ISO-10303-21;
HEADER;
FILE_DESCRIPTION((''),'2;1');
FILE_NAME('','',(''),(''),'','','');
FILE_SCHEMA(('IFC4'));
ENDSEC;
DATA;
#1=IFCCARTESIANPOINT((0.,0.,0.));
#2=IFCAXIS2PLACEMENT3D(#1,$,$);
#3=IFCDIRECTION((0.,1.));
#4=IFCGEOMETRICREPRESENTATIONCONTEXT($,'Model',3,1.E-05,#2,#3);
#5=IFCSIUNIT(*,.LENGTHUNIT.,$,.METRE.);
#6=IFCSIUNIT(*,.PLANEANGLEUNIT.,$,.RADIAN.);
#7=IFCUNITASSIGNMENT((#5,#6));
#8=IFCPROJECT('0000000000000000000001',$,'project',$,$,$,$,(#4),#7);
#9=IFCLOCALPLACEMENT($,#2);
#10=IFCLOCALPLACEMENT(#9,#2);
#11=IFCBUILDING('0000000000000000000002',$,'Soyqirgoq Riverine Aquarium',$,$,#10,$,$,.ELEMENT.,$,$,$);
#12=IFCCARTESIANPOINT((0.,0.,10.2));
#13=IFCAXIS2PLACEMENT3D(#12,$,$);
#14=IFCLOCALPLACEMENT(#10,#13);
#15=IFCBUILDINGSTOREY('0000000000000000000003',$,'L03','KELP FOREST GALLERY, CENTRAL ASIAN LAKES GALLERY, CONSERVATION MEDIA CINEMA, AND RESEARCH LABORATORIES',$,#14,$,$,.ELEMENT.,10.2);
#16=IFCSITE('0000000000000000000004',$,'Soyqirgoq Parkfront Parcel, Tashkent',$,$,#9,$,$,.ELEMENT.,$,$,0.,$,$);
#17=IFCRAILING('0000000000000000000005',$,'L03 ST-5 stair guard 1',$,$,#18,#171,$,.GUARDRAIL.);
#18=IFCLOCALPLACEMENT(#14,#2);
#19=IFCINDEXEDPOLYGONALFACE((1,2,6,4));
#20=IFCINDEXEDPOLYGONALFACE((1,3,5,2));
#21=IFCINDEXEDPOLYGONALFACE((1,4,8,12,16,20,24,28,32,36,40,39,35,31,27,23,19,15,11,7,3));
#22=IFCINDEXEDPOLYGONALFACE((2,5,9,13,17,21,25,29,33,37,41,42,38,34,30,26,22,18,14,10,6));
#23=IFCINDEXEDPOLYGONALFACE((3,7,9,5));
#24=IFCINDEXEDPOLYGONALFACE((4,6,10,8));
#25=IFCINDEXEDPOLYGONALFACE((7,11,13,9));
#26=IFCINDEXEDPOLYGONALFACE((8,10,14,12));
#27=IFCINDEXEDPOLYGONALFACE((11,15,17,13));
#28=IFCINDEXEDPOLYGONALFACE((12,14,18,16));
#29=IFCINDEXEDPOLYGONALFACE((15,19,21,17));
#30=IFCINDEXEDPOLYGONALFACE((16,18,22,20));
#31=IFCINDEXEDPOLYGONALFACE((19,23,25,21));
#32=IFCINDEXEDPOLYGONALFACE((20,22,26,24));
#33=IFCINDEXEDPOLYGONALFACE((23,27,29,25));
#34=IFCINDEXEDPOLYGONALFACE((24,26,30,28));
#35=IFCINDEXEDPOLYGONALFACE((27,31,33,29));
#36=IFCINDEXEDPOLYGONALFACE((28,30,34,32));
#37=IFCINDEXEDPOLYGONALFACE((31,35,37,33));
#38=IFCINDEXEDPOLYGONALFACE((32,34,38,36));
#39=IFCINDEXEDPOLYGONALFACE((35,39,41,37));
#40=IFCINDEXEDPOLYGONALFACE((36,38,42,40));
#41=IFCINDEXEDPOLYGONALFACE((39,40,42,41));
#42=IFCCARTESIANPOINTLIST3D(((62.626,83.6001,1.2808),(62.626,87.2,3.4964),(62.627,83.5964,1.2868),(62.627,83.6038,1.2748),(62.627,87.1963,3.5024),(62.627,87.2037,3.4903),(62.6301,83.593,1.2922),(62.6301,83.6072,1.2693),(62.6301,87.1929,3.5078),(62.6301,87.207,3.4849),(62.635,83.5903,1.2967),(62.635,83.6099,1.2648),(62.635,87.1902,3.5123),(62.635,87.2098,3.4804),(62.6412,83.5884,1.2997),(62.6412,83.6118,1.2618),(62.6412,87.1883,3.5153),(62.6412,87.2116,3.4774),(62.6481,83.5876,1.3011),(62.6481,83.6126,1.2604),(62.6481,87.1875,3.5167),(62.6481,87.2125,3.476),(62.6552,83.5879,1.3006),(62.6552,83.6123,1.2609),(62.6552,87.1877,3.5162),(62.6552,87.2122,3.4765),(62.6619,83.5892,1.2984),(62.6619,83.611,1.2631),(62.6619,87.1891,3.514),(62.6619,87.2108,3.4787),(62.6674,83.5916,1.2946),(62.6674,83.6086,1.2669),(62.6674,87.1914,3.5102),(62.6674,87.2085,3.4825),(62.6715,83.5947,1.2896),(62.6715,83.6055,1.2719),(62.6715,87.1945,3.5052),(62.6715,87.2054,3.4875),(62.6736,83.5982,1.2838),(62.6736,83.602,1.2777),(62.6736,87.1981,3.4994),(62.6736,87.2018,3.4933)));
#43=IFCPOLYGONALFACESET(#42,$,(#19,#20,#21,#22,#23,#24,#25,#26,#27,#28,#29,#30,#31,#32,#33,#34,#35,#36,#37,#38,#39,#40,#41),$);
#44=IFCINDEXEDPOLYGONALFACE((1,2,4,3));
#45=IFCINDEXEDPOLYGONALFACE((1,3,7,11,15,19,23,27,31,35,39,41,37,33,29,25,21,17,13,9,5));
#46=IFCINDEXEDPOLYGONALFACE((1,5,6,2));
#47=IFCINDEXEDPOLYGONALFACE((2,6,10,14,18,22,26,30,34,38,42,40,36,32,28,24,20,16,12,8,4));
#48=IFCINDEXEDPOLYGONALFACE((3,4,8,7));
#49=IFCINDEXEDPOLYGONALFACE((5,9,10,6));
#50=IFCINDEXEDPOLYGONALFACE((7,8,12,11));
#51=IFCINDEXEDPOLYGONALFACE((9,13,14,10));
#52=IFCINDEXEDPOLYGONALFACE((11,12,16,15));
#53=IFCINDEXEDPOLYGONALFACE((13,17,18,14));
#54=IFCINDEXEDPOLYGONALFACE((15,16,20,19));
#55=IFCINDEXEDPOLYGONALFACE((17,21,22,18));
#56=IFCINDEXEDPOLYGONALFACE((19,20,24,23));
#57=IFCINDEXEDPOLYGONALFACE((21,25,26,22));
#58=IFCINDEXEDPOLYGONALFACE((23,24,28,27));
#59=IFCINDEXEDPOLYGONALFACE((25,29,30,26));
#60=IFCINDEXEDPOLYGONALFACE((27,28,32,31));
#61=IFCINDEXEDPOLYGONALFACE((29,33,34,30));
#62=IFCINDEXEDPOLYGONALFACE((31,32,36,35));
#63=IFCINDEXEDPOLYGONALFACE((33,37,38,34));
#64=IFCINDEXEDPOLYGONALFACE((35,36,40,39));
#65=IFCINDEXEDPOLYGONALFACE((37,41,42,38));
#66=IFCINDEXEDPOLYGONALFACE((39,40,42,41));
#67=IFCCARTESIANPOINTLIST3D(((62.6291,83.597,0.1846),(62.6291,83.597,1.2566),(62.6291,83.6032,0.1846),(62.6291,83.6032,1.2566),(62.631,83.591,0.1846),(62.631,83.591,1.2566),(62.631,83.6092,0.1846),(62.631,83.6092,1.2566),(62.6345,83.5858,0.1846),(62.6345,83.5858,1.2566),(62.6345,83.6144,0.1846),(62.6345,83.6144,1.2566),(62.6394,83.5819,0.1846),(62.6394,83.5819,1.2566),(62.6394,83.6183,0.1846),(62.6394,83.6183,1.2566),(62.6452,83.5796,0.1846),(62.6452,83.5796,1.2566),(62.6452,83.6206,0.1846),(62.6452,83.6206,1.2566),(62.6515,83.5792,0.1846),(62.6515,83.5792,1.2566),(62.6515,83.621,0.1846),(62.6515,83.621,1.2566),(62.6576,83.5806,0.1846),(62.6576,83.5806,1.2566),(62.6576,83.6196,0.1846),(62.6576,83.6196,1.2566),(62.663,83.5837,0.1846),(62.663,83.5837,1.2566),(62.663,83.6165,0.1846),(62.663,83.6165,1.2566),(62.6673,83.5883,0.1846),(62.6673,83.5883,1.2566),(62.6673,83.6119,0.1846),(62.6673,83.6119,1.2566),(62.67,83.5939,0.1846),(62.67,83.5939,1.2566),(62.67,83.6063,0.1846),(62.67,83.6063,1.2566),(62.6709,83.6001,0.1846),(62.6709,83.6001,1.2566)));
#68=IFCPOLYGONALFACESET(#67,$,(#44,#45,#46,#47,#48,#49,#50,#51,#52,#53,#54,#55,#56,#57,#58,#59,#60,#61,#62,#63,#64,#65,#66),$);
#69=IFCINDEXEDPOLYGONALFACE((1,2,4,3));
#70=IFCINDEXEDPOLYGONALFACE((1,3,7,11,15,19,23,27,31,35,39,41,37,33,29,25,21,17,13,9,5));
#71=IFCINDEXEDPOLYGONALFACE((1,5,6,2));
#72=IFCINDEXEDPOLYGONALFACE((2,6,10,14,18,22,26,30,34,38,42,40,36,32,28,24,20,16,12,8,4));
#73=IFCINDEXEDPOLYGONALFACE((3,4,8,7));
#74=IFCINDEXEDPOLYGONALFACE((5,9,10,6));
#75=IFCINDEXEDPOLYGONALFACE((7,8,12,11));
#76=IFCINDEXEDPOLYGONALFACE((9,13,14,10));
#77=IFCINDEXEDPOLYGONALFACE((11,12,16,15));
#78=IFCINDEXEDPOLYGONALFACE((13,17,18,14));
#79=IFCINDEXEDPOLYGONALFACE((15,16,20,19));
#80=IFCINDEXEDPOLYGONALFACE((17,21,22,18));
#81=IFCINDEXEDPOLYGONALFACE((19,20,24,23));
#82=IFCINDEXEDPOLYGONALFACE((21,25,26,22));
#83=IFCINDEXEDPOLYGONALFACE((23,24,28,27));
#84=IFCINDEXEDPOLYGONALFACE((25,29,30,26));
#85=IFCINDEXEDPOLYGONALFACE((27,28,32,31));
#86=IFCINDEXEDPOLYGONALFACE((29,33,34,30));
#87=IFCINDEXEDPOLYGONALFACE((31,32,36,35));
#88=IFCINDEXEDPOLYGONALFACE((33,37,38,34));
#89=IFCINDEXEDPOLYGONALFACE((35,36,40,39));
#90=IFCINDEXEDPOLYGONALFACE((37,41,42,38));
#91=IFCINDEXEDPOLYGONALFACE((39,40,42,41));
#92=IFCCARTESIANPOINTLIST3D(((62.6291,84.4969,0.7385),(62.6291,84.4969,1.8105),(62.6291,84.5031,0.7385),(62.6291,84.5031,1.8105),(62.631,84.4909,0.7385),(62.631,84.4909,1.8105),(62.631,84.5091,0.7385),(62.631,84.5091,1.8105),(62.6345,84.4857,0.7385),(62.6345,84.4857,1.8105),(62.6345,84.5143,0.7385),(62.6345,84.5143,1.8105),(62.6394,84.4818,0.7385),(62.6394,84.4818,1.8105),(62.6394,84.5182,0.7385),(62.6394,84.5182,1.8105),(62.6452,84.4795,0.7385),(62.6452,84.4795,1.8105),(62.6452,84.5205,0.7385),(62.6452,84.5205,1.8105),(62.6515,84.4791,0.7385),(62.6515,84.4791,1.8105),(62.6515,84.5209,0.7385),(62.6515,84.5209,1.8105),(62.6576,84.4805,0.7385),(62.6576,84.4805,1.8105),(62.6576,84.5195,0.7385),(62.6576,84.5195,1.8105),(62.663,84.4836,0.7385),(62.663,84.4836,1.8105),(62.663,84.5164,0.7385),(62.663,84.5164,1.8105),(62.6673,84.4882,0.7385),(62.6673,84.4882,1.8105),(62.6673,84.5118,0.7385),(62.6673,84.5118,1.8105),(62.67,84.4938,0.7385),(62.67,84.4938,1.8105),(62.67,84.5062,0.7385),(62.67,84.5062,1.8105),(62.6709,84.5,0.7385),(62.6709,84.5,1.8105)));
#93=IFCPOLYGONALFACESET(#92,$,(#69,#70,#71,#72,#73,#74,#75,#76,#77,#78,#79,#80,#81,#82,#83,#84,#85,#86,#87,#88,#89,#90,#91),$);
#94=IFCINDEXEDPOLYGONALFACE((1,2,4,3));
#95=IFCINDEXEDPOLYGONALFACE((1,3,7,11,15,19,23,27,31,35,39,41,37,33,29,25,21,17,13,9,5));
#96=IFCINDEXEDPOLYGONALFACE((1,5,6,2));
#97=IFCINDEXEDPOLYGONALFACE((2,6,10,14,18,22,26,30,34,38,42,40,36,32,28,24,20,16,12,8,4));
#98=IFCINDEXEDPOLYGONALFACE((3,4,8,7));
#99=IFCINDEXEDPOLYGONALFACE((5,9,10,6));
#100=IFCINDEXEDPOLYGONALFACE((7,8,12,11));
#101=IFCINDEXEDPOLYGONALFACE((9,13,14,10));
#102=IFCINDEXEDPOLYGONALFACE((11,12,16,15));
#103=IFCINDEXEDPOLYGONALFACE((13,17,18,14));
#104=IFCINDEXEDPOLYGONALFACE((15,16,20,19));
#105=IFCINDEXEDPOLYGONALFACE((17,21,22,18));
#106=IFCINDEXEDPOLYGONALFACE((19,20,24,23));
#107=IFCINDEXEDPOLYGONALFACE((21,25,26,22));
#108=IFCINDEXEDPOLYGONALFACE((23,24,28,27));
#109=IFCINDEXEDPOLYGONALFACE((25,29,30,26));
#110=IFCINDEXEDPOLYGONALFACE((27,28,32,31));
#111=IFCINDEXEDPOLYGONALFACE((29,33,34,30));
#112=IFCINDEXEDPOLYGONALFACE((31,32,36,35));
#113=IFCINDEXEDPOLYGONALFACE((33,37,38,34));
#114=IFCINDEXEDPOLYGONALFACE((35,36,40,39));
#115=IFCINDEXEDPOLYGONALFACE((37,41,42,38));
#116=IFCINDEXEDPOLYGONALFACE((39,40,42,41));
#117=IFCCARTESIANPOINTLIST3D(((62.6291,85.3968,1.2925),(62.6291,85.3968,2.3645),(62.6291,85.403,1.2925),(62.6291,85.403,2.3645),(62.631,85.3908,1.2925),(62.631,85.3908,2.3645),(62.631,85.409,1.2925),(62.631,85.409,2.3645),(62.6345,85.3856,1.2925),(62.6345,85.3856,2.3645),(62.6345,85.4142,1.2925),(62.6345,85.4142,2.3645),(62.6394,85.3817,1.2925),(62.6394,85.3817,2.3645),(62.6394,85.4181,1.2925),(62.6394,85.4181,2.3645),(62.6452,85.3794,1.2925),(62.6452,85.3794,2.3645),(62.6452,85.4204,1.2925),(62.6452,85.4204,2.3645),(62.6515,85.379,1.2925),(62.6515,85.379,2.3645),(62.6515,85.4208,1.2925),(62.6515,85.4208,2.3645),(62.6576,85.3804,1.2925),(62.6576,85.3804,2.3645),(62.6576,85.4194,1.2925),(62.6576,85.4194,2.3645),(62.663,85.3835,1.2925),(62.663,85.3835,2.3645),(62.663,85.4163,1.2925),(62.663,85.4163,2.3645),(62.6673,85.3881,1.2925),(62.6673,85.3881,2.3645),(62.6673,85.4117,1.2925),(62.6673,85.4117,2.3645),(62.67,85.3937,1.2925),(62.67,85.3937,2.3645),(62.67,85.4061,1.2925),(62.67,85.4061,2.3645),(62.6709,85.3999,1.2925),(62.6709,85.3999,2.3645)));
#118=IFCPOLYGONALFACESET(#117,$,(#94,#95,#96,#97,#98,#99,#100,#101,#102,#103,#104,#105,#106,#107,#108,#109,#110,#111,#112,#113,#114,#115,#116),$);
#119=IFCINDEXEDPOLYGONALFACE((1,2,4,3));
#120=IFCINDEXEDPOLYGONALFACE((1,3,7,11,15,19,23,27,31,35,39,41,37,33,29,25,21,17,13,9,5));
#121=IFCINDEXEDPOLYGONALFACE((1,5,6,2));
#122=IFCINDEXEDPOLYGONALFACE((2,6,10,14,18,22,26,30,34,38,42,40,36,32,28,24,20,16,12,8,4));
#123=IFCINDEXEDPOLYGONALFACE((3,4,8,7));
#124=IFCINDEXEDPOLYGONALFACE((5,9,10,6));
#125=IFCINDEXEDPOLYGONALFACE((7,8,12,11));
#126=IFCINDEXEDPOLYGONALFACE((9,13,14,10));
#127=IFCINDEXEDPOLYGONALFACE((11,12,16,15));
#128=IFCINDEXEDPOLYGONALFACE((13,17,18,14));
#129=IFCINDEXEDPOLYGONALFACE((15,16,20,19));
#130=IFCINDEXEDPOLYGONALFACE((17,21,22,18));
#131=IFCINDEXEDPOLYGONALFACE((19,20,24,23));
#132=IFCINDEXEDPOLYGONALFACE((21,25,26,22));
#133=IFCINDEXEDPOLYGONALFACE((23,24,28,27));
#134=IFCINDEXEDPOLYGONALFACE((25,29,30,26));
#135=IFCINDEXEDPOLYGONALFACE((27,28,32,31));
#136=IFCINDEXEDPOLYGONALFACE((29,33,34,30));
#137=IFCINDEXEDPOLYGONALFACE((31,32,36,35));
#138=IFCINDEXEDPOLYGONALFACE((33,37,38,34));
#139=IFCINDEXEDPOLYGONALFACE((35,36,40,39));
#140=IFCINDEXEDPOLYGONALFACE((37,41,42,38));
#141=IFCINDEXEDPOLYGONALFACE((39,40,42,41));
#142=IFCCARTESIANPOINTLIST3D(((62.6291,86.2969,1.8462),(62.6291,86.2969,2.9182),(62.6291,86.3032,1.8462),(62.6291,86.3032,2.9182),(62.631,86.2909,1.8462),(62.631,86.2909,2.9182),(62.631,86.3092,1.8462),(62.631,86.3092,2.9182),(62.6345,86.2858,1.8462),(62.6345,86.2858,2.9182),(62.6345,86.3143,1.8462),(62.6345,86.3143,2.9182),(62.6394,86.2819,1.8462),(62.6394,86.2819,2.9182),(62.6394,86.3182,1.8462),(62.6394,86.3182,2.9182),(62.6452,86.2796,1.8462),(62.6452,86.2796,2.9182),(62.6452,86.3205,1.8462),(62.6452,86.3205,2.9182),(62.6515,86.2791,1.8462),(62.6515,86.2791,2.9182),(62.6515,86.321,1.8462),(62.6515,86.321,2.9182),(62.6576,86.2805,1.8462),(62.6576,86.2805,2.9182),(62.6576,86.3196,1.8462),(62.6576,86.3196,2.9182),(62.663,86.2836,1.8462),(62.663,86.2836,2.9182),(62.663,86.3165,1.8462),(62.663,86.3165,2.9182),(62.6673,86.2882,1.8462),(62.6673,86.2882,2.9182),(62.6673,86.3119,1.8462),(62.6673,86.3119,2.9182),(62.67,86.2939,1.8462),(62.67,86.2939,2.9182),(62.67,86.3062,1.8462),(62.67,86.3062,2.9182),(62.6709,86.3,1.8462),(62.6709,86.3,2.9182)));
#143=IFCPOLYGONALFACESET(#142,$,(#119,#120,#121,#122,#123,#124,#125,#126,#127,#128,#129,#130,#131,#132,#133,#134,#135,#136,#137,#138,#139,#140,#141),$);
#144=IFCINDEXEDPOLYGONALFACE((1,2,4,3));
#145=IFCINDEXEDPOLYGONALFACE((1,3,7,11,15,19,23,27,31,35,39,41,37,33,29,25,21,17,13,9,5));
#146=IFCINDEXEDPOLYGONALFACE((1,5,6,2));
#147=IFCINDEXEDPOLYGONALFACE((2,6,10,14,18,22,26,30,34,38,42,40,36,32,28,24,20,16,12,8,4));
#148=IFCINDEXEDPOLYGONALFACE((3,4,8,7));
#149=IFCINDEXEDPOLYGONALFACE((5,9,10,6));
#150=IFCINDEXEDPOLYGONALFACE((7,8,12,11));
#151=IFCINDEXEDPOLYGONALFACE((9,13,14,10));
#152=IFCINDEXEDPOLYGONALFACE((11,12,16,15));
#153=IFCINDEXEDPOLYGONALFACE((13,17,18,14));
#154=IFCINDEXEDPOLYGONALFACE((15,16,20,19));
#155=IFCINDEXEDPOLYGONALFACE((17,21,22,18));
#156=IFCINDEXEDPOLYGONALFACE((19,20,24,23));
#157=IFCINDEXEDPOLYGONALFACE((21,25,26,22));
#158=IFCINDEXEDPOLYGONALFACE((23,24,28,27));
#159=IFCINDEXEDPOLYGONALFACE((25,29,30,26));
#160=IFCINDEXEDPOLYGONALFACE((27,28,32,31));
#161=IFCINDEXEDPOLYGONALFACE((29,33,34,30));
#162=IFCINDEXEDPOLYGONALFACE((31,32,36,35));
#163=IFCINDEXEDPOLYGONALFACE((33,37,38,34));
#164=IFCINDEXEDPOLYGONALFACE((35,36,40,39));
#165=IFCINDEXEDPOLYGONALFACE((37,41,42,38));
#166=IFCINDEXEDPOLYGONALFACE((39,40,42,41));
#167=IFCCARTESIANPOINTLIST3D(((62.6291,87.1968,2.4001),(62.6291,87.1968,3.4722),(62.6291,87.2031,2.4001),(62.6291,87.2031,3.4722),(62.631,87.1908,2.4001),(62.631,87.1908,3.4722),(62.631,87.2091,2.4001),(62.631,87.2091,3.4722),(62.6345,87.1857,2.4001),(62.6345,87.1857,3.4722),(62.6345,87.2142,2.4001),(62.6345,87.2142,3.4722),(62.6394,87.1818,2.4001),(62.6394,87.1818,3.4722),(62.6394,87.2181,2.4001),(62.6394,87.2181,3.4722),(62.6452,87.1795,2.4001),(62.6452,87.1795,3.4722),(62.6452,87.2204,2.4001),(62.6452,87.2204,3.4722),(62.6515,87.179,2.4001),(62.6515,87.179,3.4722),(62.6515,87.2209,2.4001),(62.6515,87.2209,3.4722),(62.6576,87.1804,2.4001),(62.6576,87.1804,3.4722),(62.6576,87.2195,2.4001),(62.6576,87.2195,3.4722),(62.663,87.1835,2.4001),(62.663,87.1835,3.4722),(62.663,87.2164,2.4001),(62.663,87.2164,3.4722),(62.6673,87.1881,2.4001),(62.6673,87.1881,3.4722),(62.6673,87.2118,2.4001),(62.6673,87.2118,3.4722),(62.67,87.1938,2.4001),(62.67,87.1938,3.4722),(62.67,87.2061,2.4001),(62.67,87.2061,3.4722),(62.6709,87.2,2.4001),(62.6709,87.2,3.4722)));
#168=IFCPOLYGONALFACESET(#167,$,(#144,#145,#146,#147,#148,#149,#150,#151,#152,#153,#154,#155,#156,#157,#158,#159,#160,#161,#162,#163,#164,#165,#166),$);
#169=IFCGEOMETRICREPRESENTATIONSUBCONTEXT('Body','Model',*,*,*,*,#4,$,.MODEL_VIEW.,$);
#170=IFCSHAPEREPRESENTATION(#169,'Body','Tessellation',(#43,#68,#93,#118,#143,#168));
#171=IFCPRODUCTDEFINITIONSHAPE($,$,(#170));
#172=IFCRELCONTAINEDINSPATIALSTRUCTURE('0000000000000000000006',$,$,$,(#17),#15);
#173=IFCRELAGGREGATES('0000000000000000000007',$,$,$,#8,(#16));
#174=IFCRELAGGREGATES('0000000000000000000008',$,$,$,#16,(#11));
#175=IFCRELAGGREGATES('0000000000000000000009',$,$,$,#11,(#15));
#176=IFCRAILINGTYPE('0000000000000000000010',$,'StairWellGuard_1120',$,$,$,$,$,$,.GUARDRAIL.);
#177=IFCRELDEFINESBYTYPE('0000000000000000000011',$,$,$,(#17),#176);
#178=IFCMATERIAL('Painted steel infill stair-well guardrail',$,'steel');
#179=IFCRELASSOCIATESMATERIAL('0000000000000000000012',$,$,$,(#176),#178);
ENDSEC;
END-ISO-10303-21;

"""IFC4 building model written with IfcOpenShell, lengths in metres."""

from ifc_helpers import new_model, si_unit, direction, frame, origin, origin_2d, place, context, subcontext, project, spatial, circle, extrude, material, type_object, element, save


model = new_model("IFC4")

# Units and contexts
model_context = context("Model", 3, precision=1e-05, world=origin(), true_north=direction((0.0, 1.0)))
body_context = subcontext(model_context, "Body", "Model", "MODEL_VIEW")
ifc_project = project(units=[si_unit("LENGTHUNIT", "METRE"), si_unit("PLANEANGLEUNIT", "RADIAN")], contexts=[model_context])

# Site, building, storey
site_placement = place(None, origin())
site = spatial("IfcSite", under=ifc_project, at=site_placement, Name="Soyqirgoq Parkfront Parcel, Tashkent", CompositionType="ELEMENT", RefElevation=0.0)
building_placement = place(site_placement, origin())
building = spatial("IfcBuilding", under=site, at=building_placement, Name="Soyqirgoq Riverine Aquarium", CompositionType="ELEMENT")
storey_placement = place(building_placement, frame((0.0, 0.0, 10.2)))
storey = spatial("IfcBuildingStorey", under=building, at=storey_placement, Name="L03", Description="KELP FOREST GALLERY, CENTRAL ASIAN LAKES GALLERY, CONSERVATION MEDIA CINEMA, AND RESEARCH LABORATORIES", CompositionType="ELEMENT", Elevation=10.2)

# Railing
ifc_material_1 = material(Name="Painted steel infill stair-well guardrail", Category="steel")
railing_type_1 = type_object("IfcRailingType", Name="StairWellGuard_1120", PredefinedType="GUARDRAIL", material=ifc_material_1)
railing_1_placement = place(storey_placement, frame((62.6499, 83.6001, 0.1846)))
element("IfcRailing", 1, at=railing_1_placement, inside=storey, type_object=railing_type_1, Name="L03 ST-5 stair guard 1", PredefinedType="GUARDRAIL", context=body_context, shape_type="SweptSolid", body=[
    extrude(circle(Radius=0.0239, at=origin_2d()), frame((0.0, 0.0, 1.0962), z_axis=(0.0, 0.851629, 0.524146), x_axis=(-1.0, 0.0, 0.0)), (0.0, 0.0, 1.0), 4.2271),
    extrude(circle(Radius=0.021, at=origin_2d()), origin(), (0.0, 0.0, 1.0), 1.072),
    extrude(circle(Radius=0.021, at=origin_2d()), frame((0.0, 0.8999, 0.554)), (0.0, 0.0, 1.0), 1.072),
    extrude(circle(Radius=0.021, at=origin_2d()), frame((0.0, 1.7998, 1.1079)), (0.0, 0.0, 1.0), 1.072),
    extrude(circle(Radius=0.021, at=origin_2d()), frame((0.0, 2.7, 1.6616)), (0.0, 0.0, 1.0), 1.072),
    extrude(circle(Radius=0.021, at=origin_2d()), frame((0.0, 3.5999, 2.2156)), (0.0, 0.0, 1.0), 1.072),
])

save(model, "model.ifc")
